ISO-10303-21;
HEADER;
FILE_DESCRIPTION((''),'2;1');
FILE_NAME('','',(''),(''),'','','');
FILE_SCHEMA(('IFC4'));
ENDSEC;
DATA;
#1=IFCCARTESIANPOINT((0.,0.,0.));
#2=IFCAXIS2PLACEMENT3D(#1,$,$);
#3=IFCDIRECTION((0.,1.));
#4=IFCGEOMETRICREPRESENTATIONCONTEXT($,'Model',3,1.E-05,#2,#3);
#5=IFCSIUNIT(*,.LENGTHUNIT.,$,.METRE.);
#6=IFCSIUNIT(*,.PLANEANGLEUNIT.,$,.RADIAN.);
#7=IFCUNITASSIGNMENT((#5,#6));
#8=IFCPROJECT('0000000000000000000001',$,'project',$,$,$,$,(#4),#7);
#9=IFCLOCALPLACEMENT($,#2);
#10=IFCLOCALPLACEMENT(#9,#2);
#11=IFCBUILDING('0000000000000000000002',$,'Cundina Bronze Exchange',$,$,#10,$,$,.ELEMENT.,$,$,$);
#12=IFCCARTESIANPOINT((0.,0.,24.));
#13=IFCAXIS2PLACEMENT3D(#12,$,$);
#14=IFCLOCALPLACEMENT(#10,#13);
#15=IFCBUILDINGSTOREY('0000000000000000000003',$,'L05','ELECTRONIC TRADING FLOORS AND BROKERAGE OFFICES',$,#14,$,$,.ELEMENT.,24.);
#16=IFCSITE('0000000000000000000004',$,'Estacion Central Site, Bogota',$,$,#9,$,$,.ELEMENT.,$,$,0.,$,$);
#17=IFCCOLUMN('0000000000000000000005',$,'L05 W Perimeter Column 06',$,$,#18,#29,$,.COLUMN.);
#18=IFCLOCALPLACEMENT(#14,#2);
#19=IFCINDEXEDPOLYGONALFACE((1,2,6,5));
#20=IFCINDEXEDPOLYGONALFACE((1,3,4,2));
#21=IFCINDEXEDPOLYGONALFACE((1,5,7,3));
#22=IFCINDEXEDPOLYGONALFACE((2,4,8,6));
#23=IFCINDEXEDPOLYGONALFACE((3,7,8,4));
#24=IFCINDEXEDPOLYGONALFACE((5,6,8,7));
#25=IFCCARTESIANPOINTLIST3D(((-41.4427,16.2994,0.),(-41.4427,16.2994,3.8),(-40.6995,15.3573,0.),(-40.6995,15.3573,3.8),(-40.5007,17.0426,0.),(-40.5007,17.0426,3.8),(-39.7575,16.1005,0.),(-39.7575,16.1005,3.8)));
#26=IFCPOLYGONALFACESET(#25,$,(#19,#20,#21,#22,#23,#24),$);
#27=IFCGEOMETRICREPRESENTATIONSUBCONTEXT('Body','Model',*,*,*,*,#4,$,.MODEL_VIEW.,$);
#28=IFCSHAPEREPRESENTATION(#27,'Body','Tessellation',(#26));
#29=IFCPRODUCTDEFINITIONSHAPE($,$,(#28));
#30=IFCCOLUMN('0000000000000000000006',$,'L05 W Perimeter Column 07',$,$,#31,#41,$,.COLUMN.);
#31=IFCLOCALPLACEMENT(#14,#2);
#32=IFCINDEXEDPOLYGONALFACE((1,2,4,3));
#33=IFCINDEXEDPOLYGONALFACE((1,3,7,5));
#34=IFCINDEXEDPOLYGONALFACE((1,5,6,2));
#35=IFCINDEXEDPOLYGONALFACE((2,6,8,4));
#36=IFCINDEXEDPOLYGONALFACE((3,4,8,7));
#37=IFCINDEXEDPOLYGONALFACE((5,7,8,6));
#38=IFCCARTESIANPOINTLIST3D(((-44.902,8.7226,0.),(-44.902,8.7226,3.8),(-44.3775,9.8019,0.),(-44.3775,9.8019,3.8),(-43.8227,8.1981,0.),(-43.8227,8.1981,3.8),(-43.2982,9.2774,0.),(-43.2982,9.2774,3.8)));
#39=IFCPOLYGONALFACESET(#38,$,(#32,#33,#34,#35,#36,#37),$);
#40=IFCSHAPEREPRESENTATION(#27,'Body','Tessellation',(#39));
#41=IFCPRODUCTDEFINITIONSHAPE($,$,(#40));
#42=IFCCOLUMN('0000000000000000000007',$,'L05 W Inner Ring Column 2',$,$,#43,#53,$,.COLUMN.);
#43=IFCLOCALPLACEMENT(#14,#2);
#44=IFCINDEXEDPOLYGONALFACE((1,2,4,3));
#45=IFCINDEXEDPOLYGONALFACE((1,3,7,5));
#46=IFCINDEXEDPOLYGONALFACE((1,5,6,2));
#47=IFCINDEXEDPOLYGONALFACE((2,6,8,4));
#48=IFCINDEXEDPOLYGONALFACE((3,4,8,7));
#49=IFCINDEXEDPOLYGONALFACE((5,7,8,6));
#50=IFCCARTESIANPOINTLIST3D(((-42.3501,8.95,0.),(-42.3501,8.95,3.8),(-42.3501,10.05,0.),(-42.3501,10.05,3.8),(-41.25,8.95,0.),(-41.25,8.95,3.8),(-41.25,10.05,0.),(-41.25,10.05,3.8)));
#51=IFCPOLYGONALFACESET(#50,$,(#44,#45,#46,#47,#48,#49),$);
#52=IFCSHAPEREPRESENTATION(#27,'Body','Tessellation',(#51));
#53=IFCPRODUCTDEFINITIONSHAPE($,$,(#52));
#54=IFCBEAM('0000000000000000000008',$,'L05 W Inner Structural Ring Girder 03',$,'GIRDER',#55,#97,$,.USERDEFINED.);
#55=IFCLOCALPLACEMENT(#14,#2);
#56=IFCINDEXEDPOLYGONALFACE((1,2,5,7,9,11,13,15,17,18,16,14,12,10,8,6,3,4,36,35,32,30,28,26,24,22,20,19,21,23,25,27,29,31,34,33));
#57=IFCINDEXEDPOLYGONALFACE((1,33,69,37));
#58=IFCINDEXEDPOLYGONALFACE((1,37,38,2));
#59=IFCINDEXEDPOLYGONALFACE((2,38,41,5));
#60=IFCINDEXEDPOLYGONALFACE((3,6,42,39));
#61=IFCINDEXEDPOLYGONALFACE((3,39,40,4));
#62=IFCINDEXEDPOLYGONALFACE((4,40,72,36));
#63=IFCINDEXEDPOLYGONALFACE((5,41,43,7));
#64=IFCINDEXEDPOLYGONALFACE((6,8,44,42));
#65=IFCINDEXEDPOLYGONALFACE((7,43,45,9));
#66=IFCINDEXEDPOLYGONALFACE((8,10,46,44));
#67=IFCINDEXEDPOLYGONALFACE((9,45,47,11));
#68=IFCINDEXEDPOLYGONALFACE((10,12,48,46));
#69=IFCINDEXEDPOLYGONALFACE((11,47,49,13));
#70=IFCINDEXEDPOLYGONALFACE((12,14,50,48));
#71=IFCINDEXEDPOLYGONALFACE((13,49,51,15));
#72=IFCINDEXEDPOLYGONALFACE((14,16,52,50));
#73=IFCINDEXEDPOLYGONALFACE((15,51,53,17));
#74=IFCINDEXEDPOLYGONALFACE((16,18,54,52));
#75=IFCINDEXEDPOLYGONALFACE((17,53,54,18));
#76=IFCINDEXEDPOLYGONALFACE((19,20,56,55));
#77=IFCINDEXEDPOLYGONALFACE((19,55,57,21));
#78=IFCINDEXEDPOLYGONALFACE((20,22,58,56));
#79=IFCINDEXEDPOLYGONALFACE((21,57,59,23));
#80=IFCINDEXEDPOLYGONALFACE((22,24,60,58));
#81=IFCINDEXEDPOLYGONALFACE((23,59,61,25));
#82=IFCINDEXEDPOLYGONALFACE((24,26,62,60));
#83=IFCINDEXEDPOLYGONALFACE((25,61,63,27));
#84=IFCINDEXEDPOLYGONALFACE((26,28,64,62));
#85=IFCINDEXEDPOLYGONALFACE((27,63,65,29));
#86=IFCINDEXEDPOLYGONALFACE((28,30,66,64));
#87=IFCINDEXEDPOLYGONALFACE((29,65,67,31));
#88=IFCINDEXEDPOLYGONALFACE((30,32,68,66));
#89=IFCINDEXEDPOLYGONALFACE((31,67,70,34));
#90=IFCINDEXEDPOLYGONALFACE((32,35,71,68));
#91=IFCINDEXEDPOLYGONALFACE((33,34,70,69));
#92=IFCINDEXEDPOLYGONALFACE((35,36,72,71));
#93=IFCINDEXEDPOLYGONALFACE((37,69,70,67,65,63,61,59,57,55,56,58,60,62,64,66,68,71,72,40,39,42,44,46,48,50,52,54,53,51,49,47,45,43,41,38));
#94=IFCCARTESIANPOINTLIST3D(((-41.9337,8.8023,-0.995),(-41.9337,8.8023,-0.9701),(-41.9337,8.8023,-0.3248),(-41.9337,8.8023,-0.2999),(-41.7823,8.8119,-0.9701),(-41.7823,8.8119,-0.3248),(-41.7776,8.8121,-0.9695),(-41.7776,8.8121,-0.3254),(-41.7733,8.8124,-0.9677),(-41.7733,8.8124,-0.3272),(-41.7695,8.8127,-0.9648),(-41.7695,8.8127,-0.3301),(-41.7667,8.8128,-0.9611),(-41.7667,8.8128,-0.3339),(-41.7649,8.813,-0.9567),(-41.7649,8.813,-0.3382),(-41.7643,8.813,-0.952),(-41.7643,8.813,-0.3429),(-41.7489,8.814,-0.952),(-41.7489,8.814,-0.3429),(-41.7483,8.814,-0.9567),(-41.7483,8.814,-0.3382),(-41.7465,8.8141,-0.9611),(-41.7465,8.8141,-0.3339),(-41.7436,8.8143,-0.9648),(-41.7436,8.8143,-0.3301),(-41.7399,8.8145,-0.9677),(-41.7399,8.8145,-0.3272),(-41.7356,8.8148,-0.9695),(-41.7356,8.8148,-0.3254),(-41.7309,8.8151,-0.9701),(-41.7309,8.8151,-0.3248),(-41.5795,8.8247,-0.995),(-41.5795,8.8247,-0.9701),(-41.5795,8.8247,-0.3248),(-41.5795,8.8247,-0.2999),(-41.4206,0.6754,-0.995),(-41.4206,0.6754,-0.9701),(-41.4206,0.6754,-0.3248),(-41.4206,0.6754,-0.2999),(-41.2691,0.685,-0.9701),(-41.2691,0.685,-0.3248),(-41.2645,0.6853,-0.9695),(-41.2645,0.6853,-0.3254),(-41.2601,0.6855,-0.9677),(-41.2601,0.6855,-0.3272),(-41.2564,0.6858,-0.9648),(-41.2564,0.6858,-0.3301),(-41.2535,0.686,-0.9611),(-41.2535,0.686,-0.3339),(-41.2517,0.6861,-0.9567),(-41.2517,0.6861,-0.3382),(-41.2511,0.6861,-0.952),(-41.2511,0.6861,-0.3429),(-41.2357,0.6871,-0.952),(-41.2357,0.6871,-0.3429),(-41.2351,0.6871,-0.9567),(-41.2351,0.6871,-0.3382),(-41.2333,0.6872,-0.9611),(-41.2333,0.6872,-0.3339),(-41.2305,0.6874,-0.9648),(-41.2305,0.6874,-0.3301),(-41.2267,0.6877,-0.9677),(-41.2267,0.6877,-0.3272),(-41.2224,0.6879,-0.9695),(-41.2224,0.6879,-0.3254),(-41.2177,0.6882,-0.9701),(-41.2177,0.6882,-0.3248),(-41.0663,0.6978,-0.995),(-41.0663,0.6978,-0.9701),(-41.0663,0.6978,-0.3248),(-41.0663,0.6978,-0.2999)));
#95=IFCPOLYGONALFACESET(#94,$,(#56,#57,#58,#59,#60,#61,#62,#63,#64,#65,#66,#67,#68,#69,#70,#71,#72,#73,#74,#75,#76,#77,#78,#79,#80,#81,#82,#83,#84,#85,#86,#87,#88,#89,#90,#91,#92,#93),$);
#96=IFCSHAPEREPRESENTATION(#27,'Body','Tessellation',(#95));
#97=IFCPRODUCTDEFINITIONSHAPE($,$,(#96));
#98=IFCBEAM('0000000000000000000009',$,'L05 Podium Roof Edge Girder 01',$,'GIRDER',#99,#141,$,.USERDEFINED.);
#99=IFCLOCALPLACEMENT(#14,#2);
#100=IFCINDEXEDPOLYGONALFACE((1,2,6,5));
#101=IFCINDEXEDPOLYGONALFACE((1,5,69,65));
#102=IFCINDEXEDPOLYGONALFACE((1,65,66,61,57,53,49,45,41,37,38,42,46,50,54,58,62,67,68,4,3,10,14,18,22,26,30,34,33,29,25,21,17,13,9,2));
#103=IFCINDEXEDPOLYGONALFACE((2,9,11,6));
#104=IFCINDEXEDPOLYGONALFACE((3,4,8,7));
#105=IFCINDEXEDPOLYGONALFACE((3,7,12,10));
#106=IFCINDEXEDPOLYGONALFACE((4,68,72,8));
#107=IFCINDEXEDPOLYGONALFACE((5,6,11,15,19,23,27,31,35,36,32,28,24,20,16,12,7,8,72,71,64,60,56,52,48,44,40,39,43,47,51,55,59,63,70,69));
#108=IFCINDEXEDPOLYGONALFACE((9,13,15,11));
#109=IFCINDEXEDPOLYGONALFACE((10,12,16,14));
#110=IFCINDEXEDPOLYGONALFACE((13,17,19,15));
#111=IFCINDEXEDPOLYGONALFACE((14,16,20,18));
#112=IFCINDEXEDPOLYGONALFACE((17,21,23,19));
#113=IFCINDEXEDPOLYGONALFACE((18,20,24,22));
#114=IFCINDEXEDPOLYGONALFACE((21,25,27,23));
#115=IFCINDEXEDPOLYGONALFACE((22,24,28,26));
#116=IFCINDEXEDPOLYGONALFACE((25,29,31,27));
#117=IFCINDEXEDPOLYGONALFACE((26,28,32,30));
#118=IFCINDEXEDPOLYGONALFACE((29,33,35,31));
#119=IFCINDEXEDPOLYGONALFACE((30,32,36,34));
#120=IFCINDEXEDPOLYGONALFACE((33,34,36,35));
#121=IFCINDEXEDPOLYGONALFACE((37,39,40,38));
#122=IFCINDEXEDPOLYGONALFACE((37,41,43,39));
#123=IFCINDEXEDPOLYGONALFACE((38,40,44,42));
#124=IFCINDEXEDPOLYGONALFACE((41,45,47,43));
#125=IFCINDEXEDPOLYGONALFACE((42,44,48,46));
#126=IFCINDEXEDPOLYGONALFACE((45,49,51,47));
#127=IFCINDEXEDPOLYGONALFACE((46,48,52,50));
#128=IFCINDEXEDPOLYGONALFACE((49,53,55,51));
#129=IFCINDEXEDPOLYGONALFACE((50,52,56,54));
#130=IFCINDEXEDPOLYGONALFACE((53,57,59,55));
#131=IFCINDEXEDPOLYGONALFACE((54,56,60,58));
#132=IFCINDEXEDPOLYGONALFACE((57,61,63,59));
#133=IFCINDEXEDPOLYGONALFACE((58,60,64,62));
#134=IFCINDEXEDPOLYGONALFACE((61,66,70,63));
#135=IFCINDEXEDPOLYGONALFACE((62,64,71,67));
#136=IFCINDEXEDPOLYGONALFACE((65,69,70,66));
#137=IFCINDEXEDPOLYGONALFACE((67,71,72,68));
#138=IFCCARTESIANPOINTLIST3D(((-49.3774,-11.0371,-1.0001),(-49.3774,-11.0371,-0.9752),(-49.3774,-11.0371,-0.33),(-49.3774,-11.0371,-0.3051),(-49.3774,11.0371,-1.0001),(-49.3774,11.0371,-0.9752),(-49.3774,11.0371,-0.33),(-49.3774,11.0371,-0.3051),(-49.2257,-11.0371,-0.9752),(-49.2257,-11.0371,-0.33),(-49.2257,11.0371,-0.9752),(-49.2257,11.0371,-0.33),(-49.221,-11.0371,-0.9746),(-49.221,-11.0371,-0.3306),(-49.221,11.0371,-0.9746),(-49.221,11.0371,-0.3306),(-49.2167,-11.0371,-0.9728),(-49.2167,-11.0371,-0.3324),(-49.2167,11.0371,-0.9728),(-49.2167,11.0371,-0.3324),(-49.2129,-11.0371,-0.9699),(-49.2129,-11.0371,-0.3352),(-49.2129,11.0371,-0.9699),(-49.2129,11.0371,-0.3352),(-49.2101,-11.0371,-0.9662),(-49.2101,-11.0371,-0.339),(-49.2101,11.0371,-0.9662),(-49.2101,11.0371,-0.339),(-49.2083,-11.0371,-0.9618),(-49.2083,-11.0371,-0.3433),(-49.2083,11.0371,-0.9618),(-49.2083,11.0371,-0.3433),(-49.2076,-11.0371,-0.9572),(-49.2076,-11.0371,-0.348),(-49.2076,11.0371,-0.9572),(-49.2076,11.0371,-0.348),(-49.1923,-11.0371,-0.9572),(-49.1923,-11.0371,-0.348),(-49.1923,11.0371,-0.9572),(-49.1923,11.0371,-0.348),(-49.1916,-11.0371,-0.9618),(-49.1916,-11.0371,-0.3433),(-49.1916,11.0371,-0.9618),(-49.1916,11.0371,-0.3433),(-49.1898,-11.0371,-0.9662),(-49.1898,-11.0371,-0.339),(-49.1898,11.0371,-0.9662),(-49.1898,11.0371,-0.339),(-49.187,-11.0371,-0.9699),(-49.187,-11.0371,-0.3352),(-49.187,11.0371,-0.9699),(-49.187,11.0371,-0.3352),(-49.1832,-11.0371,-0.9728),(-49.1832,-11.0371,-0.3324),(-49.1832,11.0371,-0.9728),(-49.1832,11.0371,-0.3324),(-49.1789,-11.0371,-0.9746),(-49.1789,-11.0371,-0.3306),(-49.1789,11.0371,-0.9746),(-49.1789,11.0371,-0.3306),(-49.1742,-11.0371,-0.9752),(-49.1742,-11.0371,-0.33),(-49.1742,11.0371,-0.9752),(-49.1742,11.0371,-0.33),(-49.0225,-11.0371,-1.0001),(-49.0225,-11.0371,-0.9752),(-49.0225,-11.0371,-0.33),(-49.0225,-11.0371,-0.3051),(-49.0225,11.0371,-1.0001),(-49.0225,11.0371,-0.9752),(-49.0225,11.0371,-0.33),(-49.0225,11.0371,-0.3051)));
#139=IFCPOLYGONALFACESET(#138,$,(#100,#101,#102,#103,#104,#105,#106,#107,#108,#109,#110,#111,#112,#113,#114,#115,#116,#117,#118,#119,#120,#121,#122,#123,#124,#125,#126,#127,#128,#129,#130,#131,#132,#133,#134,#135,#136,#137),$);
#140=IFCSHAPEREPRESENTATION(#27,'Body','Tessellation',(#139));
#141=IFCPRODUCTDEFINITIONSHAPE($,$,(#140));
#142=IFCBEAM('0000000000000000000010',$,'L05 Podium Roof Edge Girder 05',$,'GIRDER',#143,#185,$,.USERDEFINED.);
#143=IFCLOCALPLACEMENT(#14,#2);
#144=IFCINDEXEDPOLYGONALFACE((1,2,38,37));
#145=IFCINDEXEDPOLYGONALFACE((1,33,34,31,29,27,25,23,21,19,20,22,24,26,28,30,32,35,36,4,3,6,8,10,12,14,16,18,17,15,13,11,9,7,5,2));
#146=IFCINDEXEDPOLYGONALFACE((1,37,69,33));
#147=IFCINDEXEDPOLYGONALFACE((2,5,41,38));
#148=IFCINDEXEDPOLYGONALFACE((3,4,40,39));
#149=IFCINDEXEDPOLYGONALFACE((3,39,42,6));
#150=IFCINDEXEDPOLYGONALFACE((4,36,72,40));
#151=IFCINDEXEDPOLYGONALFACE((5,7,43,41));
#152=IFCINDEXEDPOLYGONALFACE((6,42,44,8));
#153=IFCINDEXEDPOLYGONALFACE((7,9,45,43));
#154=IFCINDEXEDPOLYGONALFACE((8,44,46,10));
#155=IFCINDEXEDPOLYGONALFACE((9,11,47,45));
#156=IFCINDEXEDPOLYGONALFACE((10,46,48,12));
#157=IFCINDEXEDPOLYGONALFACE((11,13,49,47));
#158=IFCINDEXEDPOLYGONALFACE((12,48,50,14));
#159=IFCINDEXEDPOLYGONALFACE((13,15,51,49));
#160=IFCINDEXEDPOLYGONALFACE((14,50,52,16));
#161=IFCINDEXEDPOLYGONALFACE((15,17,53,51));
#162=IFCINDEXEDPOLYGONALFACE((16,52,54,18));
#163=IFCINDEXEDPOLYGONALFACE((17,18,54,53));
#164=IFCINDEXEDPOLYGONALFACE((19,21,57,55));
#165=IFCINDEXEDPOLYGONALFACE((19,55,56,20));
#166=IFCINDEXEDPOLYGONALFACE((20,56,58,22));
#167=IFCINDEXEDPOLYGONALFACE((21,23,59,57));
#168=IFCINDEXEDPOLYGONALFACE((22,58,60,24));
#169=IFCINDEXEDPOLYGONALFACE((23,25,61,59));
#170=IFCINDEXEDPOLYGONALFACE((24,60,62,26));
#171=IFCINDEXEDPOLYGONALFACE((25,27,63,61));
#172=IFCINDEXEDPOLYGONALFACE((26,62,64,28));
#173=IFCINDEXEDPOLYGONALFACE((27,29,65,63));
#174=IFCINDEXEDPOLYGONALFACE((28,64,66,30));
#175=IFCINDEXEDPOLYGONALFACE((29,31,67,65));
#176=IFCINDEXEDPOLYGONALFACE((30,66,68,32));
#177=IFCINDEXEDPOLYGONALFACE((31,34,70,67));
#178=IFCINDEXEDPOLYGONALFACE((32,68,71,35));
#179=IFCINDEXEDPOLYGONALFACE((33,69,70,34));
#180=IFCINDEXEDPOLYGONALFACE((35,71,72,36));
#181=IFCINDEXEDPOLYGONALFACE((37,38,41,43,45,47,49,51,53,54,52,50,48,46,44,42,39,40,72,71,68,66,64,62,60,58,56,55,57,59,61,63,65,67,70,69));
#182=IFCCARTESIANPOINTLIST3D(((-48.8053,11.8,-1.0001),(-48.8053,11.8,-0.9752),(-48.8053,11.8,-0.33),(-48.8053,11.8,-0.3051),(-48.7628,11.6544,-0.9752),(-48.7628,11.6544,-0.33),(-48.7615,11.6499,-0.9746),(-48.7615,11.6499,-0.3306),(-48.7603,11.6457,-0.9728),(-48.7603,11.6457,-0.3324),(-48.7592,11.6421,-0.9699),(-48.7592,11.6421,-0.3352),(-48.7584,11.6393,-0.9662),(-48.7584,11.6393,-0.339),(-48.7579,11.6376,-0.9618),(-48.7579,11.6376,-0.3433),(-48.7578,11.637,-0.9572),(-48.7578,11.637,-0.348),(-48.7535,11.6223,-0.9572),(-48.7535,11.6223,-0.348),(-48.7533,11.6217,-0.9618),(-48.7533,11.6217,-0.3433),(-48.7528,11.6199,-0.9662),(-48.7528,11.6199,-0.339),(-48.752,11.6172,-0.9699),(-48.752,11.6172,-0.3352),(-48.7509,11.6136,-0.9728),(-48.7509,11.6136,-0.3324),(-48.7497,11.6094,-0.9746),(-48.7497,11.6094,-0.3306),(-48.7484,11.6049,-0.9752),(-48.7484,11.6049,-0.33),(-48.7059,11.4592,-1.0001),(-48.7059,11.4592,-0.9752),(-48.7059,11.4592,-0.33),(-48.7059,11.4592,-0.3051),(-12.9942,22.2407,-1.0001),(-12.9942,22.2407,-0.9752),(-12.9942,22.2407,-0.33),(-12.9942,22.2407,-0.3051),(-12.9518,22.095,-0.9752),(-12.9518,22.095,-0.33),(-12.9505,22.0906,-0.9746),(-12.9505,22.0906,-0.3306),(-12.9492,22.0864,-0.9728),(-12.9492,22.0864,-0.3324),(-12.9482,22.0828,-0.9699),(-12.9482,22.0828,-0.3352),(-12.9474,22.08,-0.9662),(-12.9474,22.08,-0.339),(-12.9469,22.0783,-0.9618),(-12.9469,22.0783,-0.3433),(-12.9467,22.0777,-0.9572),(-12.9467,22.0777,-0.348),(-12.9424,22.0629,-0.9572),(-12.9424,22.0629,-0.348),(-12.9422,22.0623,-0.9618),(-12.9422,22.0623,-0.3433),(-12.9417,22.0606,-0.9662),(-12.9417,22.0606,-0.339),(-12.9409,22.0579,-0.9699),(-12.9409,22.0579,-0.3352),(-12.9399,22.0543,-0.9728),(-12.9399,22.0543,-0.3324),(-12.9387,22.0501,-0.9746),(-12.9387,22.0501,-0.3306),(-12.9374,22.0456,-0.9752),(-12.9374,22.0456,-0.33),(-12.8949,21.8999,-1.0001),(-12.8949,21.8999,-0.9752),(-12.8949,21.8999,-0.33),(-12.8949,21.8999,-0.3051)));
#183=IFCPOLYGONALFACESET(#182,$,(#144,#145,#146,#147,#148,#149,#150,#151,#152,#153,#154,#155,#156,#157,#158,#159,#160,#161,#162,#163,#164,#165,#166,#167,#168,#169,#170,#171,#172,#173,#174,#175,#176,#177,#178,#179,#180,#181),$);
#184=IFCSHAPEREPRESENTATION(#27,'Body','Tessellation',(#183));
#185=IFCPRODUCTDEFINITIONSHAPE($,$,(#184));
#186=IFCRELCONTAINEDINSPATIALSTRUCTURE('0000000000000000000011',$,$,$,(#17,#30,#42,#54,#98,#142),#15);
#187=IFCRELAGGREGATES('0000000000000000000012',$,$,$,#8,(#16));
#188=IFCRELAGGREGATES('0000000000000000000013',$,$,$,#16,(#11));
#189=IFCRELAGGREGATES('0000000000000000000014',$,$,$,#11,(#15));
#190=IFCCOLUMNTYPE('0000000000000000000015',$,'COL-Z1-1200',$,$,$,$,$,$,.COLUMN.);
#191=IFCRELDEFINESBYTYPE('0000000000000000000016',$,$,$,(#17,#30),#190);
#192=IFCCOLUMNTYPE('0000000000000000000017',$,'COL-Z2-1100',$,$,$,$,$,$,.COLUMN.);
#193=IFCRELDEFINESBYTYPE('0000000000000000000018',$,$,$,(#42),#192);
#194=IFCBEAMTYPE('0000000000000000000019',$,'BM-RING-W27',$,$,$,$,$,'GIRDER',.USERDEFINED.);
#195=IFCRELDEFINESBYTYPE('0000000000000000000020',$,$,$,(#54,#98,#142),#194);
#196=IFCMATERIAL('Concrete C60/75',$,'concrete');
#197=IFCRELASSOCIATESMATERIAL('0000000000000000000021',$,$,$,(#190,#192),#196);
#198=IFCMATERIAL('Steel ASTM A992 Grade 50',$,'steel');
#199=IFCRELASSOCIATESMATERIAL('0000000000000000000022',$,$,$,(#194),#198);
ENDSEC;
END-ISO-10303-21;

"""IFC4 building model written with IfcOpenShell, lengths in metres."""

from ifc_helpers import new_model, si_unit, direction, frame, origin, origin_2d, place, context, subcontext, project, spatial, rectangle, i_section, extrude, material, material_profile, profile_set, type_object, element, save


model = new_model("IFC4")

# Units and contexts
model_context = context("Model", 3, precision=1e-05, world=origin(), true_north=direction((0.0, 1.0)))
body_context = subcontext(model_context, "Body", "Model", "MODEL_VIEW")
ifc_project = project(units=[si_unit("LENGTHUNIT", "METRE"), si_unit("PLANEANGLEUNIT", "RADIAN")], contexts=[model_context])

# Site, building, storey
site_placement = place(None, origin())
site = spatial("IfcSite", under=ifc_project, at=site_placement, Name="Estacion Central Site, Bogota", CompositionType="ELEMENT", RefElevation=0.0)
building_placement = place(site_placement, origin())
building = spatial("IfcBuilding", under=site, at=building_placement, Name="Cundina Bronze Exchange", CompositionType="ELEMENT")
storey_placement = place(building_placement, frame((0.0, 0.0, 24.0)))
storey = spatial("IfcBuildingStorey", under=building, at=storey_placement, Name="L05", Description="ELECTRONIC TRADING FLOORS AND BROKERAGE OFFICES", CompositionType="ELEMENT", Elevation=24.0)

# Columns
ifc_material_1 = material(Name="Concrete C60/75", Category="concrete")
ifc_material_profile_1 = material_profile(ifc_material_1, rectangle(XDim=1.2, YDim=1.2, at=origin_2d()), Name="RC1200X1200", Category="concrete")
ifc_profile_set_1 = profile_set([ifc_material_profile_1], Name="Concrete C60/75")
column_type_1 = type_object("IfcColumnType", Name="COL-Z1-1200", PredefinedType="COLUMN", material=ifc_profile_set_1)
for number, where, z_axis, x_axis, name in (
    (1, (-40.6001, 16.2, 0.0), (0.0, 0.0, 1.0), (-0.785101, -0.619368, 0.0), "L05 W Perimeter Column 06"),
    (2, (-44.1001, 9.0, 0.0), (0.0, 0.0, 1.0), (-0.437116, -0.899405, 0.0), "L05 W Perimeter Column 07"),
):
    element("IfcColumn", number, at=place(storey_placement, frame(where, z_axis=z_axis, x_axis=x_axis)), inside=storey, type_object=column_type_1, Name=name, PredefinedType="COLUMN", context=body_context, shape_type="SweptSolid", body=[
        extrude(rectangle(XDim=1.2, YDim=1.2, at=origin_2d()), origin(), (0.0, 0.0, 1.0), 3.8),
    ])
ifc_material_profile_2 = material_profile(ifc_material_1, rectangle(XDim=1.1001, YDim=1.1001, at=origin_2d()), Name="RC1100X1100", Category="concrete")
ifc_profile_set_2 = profile_set([ifc_material_profile_2], Name="Concrete C60/75")
column_type_2 = type_object("IfcColumnType", Name="COL-Z2-1100", PredefinedType="COLUMN", material=ifc_profile_set_2)
column_placement = place(storey_placement, frame((-41.8, 9.5, 0.0), z_axis=(0.0, 0.0, 1.0), x_axis=(1.0, 0.0, 0.0)))
element("IfcColumn", 3, at=column_placement, inside=storey, type_object=column_type_2, Name="L05 W Inner Ring Column 2", PredefinedType="COLUMN", context=body_context, shape_type="SweptSolid", body=[
    extrude(rectangle(XDim=1.1001, YDim=1.1001, at=origin_2d()), origin(), (0.0, 0.0, 1.0), 3.8),
])

# Beams
ifc_material_2 = material(Name="Steel ASTM A992 Grade 50", Category="steel")
ifc_material_profile_3 = material_profile(ifc_material_2, i_section(OverallWidth=0.355, OverallDepth=0.6951, WebThickness=0.0154, FlangeThickness=0.0249, FilletRadius=0.0181, at=origin_2d()), Name="W27X146", Category="steel")
ifc_profile_set_3 = profile_set([ifc_material_profile_3], Name="Steel ASTM A992 Grade 50")
beam_type_1 = type_object("IfcBeamType", Name="BM-RING-W27", ElementType="GIRDER", PredefinedType="USERDEFINED", material=ifc_profile_set_3)
beam_1_placement = place(storey_placement, frame((-41.7566, 8.8135, -0.6475), z_axis=(0.06302, -0.998012, 0.0), x_axis=(0.998012, 0.06302, 0.0)))
element("IfcBeam", 4, at=beam_1_placement, inside=storey, type_object=beam_type_1, Name="L05 W Inner Structural Ring Girder 03", ObjectType="GIRDER", PredefinedType="USERDEFINED", context=body_context, shape_type="SweptSolid", body=[
    extrude(i_section(OverallWidth=0.355, OverallDepth=0.6951, WebThickness=0.0154, FlangeThickness=0.0249, FilletRadius=0.0181, at=origin_2d()), origin(), (0.0, 0.0, 1.0), 8.1431),
])
beam_2_placement = place(storey_placement, frame((-49.2, 11.0371, -0.6526), z_axis=(0.0, -1.0, 0.0), x_axis=(1.0, 0.0, 0.0)))
element("IfcBeam", 5, at=beam_2_placement, inside=storey, type_object=beam_type_1, Name="L05 Podium Roof Edge Girder 01", ObjectType="GIRDER", PredefinedType="USERDEFINED", context=body_context, shape_type="SweptSolid", body=[
    extrude(i_section(OverallWidth=0.355, OverallDepth=0.6951, WebThickness=0.0154, FlangeThickness=0.0249, FilletRadius=0.0181, at=origin_2d()), origin(), (0.0, 0.0, 1.0), 22.0742),
])
beam_3_placement = place(storey_placement, frame((-48.7556, 11.6296, -0.6526), z_axis=(0.96003, 0.279896, 0.0), x_axis=(-0.279896, 0.96003, 0.0)))
element("IfcBeam", 6, at=beam_3_placement, inside=storey, type_object=beam_type_1, Name="L05 Podium Roof Edge Girder 05", ObjectType="GIRDER", PredefinedType="USERDEFINED", context=body_context, shape_type="SweptSolid", body=[
    extrude(i_section(OverallWidth=0.355, OverallDepth=0.6951, WebThickness=0.0154, FlangeThickness=0.0249, FilletRadius=0.0181, at=origin_2d()), origin(), (0.0, 0.0, 1.0), 37.302),
])

save(model, "model.ifc")
